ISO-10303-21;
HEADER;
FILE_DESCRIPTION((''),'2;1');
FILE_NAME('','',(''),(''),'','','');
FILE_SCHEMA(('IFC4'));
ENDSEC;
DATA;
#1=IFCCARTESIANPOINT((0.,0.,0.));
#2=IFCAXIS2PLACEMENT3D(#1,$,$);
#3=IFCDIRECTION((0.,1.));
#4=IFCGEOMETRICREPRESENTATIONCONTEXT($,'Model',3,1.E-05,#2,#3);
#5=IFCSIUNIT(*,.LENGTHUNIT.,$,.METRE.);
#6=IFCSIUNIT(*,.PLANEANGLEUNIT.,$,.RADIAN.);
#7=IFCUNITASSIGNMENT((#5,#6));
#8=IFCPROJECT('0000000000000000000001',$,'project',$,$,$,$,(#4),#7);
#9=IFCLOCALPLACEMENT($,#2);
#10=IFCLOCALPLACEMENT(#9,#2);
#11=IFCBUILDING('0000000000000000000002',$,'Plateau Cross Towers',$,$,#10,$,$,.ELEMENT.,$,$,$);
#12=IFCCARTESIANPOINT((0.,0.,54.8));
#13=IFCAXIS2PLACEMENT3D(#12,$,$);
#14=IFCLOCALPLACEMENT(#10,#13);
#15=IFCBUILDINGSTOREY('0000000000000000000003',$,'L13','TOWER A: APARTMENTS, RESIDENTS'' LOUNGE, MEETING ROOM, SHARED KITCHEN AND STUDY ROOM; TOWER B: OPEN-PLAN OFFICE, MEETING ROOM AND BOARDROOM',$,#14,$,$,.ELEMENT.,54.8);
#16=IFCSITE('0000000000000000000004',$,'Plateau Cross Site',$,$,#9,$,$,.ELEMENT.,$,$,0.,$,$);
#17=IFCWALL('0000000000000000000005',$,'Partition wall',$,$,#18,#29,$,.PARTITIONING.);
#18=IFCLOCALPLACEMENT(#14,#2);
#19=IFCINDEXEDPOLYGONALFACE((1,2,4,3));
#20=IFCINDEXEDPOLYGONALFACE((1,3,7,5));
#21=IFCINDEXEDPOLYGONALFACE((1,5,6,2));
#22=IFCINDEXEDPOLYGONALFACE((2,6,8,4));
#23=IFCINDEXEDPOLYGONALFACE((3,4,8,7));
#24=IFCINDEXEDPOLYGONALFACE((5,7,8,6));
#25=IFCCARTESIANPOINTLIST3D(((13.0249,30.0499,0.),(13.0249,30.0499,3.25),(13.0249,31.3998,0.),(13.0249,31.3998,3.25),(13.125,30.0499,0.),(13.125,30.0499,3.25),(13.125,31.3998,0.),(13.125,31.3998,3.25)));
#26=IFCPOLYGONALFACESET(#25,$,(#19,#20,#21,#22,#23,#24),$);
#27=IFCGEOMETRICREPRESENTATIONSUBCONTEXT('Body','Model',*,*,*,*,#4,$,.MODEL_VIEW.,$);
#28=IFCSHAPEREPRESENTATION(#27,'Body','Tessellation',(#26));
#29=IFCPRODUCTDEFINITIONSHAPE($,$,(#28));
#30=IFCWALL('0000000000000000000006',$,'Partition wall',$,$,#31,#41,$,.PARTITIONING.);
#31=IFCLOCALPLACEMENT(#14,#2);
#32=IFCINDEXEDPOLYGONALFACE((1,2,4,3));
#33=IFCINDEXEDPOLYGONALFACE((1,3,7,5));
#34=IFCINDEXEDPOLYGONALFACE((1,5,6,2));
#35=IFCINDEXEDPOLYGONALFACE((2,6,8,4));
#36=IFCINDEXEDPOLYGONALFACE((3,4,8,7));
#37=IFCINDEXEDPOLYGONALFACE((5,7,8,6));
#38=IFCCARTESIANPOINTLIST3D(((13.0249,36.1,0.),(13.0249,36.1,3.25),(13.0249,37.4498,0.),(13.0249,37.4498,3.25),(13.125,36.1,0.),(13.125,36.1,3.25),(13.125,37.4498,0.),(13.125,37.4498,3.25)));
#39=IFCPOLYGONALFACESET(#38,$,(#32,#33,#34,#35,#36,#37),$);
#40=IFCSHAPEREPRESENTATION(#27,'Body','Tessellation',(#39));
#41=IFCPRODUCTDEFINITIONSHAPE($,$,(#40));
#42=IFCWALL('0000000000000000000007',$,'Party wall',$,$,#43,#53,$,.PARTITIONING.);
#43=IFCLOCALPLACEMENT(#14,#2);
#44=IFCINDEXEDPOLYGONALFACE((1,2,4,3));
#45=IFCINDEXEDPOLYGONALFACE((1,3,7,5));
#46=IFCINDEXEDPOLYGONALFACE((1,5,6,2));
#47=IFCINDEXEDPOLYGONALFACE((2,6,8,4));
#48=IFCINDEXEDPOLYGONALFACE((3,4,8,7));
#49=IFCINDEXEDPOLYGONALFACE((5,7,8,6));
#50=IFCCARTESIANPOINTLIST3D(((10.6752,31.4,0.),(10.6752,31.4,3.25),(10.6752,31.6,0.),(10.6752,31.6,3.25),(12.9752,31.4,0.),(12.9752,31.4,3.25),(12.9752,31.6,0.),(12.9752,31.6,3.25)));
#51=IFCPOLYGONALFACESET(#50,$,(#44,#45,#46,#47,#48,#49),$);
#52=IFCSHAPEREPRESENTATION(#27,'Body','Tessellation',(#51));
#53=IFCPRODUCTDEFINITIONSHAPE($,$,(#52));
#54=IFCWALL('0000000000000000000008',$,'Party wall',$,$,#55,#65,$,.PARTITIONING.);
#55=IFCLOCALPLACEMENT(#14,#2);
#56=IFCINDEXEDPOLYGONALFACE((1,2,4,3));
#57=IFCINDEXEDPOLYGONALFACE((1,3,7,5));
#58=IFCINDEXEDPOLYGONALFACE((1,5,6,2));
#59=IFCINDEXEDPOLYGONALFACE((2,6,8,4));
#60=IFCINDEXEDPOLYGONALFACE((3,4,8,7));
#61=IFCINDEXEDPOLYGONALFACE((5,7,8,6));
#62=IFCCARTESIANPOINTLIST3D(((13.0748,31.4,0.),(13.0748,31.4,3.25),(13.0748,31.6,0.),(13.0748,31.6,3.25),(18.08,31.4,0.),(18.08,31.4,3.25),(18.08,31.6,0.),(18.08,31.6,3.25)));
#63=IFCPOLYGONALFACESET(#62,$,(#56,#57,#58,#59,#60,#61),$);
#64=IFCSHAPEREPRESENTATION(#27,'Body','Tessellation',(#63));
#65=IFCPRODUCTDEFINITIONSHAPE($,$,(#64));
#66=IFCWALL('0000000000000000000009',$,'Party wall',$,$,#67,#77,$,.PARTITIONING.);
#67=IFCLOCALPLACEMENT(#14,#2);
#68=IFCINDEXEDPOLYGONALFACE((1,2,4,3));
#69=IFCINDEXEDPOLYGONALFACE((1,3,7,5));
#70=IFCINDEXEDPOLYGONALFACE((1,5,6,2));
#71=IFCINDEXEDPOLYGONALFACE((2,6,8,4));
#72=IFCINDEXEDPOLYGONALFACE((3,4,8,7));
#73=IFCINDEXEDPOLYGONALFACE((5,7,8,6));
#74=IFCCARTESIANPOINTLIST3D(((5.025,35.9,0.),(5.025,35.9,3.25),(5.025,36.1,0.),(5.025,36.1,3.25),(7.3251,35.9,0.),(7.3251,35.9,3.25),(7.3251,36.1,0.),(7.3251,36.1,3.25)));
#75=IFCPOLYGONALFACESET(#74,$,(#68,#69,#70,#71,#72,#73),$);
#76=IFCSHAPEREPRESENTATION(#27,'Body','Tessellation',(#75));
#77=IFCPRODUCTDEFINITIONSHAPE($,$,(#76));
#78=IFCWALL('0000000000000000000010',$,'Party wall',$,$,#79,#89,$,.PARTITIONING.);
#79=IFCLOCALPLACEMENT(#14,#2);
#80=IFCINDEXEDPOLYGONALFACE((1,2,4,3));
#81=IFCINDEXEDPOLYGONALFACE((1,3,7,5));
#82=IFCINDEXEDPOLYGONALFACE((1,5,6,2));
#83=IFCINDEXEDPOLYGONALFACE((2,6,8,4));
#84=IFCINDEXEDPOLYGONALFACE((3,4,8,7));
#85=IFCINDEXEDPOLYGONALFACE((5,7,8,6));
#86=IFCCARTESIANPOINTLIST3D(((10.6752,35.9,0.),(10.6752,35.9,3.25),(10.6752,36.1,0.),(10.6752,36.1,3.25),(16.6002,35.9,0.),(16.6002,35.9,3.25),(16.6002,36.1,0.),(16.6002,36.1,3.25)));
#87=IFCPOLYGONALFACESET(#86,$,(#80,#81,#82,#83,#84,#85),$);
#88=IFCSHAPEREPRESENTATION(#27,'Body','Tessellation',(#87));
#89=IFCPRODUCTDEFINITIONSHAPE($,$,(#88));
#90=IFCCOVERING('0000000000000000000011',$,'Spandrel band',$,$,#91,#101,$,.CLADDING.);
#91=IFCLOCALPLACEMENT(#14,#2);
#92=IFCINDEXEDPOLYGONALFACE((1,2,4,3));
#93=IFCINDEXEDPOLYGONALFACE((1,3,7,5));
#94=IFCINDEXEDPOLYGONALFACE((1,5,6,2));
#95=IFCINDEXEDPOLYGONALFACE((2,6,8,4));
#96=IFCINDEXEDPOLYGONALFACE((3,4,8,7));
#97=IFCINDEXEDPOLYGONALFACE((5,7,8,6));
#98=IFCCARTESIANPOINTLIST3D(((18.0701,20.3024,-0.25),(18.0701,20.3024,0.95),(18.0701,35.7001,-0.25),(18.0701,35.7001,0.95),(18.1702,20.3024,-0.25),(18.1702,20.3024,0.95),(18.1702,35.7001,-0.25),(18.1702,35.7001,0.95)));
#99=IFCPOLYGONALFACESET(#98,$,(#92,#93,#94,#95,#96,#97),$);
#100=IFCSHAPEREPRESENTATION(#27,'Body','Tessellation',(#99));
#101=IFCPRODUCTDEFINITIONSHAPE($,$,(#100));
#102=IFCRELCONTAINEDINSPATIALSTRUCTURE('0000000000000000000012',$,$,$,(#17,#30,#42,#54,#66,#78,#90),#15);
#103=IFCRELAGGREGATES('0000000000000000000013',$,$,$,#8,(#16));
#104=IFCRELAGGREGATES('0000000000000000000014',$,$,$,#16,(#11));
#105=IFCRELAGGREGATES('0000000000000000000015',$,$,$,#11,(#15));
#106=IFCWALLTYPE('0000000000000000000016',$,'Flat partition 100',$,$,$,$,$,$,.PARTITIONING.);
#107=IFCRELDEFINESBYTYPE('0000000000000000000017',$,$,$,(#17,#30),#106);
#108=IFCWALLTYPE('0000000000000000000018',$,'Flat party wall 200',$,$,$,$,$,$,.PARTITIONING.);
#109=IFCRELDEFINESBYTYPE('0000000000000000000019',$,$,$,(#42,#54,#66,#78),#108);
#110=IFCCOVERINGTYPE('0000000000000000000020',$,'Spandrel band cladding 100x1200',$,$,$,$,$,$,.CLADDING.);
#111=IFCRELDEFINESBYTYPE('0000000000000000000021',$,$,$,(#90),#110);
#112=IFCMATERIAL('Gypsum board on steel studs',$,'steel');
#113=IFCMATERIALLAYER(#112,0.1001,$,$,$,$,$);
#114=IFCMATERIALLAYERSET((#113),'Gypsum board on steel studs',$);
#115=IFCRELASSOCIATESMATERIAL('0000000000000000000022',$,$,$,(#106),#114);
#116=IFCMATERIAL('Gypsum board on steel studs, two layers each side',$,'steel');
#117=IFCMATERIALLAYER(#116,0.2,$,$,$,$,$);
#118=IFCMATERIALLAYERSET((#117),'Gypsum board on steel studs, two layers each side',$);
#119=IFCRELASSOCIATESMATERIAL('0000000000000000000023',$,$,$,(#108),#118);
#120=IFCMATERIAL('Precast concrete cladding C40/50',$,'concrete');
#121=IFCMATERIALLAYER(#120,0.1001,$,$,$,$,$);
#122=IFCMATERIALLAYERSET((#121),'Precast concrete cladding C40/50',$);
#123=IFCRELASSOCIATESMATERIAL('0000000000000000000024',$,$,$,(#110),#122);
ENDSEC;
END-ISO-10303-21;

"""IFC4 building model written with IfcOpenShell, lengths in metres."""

from ifc_helpers import new_model, si_unit, direction, frame, frame_2d, origin, origin_2d, place, context, subcontext, project, spatial, rectangle, extrude, material, layer, layer_set, type_object, element, save


model = new_model("IFC4")

# Units and contexts
model_context = context("Model", 3, precision=1e-05, world=origin(), true_north=direction((0.0, 1.0)))
body_context = subcontext(model_context, "Body", "Model", "MODEL_VIEW")
ifc_project = project(units=[si_unit("LENGTHUNIT", "METRE"), si_unit("PLANEANGLEUNIT", "RADIAN")], contexts=[model_context])

# Site, building, storey
site_placement = place(None, origin())
site = spatial("IfcSite", under=ifc_project, at=site_placement, Name="Plateau Cross Site", CompositionType="ELEMENT", RefElevation=0.0)
building_placement = place(site_placement, origin())
building = spatial("IfcBuilding", under=site, at=building_placement, Name="Plateau Cross Towers", CompositionType="ELEMENT")
storey_placement = place(building_placement, frame((0.0, 0.0, 54.8)))
storey = spatial("IfcBuildingStorey", under=building, at=storey_placement, Name="L13", Description="TOWER A: APARTMENTS, RESIDENTS' LOUNGE, MEETING ROOM, SHARED KITCHEN AND STUDY ROOM; TOWER B: OPEN-PLAN OFFICE, MEETING ROOM AND BOARDROOM", CompositionType="ELEMENT", Elevation=54.8)

# Shared definitions
ifc_material_1 = material(Name="Gypsum board on steel studs", Category="steel")
ifc_layer_1 = layer(ifc_material_1, 0.1001)
ifc_layer_set_1 = layer_set([ifc_layer_1], Name="Gypsum board on steel studs")
wall_type_1 = type_object("IfcWallType", Name="Flat partition 100", PredefinedType="PARTITIONING", material=ifc_layer_set_1)

# Walls
for number, where, z_axis, x_axis, name in (
    (1, (13.075, 30.05, 0.0), (0.0, 0.0, 1.0), (0.0, 1.0, 0.0), "Partition wall"),
    (2, (13.075, 36.1001, 0.0), (0.0, 0.0, 1.0), (0.0, 1.0, 0.0), "Partition wall"),
):
    element("IfcWall", number, at=place(storey_placement, frame(where, z_axis=z_axis, x_axis=x_axis)), inside=storey, type_object=wall_type_1, Name=name, PredefinedType="PARTITIONING", context=body_context, shape_type="SweptSolid", body=[
        extrude(rectangle(XDim=1.3499, YDim=0.1001, at=frame_2d((0.6748, 0.0))), origin(), (0.0, 0.0, 1.0), 3.25),
    ])
ifc_material_2 = material(Name="Gypsum board on steel studs, two layers each side", Category="steel")
ifc_layer_2 = layer(ifc_material_2, 0.2)
ifc_layer_set_2 = layer_set([ifc_layer_2], Name="Gypsum board on steel studs, two layers each side")
wall_type_2 = type_object("IfcWallType", Name="Flat party wall 200", PredefinedType="PARTITIONING", material=ifc_layer_set_2)
wall_1_placement = place(storey_placement, frame((12.9751, 31.5, 0.0), z_axis=(0.0, 0.0, 1.0), x_axis=(-1.0, 0.0, 0.0)))
element("IfcWall", 3, at=wall_1_placement, inside=storey, type_object=wall_type_2, Name="Party wall", PredefinedType="PARTITIONING", context=body_context, shape_type="SweptSolid", body=[
    extrude(rectangle(XDim=2.3, YDim=0.2, at=frame_2d((1.1499, 0.0))), origin(), (0.0, 0.0, 1.0), 3.25),
])
wall_2_placement = place(storey_placement, frame((13.075, 31.5, 0.0), z_axis=(0.0, 0.0, 1.0), x_axis=(1.0, 0.0, 0.0)))
element("IfcWall", 4, at=wall_2_placement, inside=storey, type_object=wall_type_2, Name="Party wall", PredefinedType="PARTITIONING", context=body_context, shape_type="SweptSolid", body=[
    extrude(rectangle(XDim=5.0051, YDim=0.2, at=frame_2d((2.5024, 0.0))), origin(), (0.0, 0.0, 1.0), 3.25),
])
wall_3_placement = place(storey_placement, frame((7.325, 36.0, 0.0), z_axis=(0.0, 0.0, 1.0), x_axis=(-1.0, 0.0, 0.0)))
element("IfcWall", 5, at=wall_3_placement, inside=storey, type_object=wall_type_2, Name="Party wall", PredefinedType="PARTITIONING", context=body_context, shape_type="SweptSolid", body=[
    extrude(rectangle(XDim=2.3, YDim=0.2, at=frame_2d((1.1499, 0.0))), origin(), (0.0, 0.0, 1.0), 3.25),
])
wall_4_placement = place(storey_placement, frame((16.6001, 36.0, 0.0), z_axis=(0.0, 0.0, 1.0), x_axis=(-1.0, 0.0, 0.0)))
element("IfcWall", 6, at=wall_4_placement, inside=storey, type_object=wall_type_2, Name="Party wall", PredefinedType="PARTITIONING", context=body_context, shape_type="SweptSolid", body=[
    extrude(rectangle(XDim=5.925, YDim=0.2, at=frame_2d((2.9624, 0.0))), origin(), (0.0, 0.0, 1.0), 3.25),
])

# Covering
ifc_material_3 = material(Name="Precast concrete cladding C40/50", Category="concrete")
ifc_layer_3 = layer(ifc_material_3, 0.1001)
ifc_layer_set_3 = layer_set([ifc_layer_3], Name="Precast concrete cladding C40/50")
covering_type = type_object("IfcCoveringType", Name="Spandrel band cladding 100x1200", PredefinedType="CLADDING", material=ifc_layer_set_3)
covering_placement = place(storey_placement, frame((18.1201, 28.0012, -0.25), z_axis=(0.0, 0.0, 1.0), x_axis=(0.0, 1.0, 0.0)))
element("IfcCovering", 7, at=covering_placement, inside=storey, type_object=covering_type, Name="Spandrel band", PredefinedType="CLADDING", context=body_context, shape_type="SweptSolid", body=[
    extrude(rectangle(XDim=15.3977, YDim=0.1001, at=origin_2d()), origin(), (0.0, 0.0, 1.0), 1.2),
])

save(model, "model.ifc")
